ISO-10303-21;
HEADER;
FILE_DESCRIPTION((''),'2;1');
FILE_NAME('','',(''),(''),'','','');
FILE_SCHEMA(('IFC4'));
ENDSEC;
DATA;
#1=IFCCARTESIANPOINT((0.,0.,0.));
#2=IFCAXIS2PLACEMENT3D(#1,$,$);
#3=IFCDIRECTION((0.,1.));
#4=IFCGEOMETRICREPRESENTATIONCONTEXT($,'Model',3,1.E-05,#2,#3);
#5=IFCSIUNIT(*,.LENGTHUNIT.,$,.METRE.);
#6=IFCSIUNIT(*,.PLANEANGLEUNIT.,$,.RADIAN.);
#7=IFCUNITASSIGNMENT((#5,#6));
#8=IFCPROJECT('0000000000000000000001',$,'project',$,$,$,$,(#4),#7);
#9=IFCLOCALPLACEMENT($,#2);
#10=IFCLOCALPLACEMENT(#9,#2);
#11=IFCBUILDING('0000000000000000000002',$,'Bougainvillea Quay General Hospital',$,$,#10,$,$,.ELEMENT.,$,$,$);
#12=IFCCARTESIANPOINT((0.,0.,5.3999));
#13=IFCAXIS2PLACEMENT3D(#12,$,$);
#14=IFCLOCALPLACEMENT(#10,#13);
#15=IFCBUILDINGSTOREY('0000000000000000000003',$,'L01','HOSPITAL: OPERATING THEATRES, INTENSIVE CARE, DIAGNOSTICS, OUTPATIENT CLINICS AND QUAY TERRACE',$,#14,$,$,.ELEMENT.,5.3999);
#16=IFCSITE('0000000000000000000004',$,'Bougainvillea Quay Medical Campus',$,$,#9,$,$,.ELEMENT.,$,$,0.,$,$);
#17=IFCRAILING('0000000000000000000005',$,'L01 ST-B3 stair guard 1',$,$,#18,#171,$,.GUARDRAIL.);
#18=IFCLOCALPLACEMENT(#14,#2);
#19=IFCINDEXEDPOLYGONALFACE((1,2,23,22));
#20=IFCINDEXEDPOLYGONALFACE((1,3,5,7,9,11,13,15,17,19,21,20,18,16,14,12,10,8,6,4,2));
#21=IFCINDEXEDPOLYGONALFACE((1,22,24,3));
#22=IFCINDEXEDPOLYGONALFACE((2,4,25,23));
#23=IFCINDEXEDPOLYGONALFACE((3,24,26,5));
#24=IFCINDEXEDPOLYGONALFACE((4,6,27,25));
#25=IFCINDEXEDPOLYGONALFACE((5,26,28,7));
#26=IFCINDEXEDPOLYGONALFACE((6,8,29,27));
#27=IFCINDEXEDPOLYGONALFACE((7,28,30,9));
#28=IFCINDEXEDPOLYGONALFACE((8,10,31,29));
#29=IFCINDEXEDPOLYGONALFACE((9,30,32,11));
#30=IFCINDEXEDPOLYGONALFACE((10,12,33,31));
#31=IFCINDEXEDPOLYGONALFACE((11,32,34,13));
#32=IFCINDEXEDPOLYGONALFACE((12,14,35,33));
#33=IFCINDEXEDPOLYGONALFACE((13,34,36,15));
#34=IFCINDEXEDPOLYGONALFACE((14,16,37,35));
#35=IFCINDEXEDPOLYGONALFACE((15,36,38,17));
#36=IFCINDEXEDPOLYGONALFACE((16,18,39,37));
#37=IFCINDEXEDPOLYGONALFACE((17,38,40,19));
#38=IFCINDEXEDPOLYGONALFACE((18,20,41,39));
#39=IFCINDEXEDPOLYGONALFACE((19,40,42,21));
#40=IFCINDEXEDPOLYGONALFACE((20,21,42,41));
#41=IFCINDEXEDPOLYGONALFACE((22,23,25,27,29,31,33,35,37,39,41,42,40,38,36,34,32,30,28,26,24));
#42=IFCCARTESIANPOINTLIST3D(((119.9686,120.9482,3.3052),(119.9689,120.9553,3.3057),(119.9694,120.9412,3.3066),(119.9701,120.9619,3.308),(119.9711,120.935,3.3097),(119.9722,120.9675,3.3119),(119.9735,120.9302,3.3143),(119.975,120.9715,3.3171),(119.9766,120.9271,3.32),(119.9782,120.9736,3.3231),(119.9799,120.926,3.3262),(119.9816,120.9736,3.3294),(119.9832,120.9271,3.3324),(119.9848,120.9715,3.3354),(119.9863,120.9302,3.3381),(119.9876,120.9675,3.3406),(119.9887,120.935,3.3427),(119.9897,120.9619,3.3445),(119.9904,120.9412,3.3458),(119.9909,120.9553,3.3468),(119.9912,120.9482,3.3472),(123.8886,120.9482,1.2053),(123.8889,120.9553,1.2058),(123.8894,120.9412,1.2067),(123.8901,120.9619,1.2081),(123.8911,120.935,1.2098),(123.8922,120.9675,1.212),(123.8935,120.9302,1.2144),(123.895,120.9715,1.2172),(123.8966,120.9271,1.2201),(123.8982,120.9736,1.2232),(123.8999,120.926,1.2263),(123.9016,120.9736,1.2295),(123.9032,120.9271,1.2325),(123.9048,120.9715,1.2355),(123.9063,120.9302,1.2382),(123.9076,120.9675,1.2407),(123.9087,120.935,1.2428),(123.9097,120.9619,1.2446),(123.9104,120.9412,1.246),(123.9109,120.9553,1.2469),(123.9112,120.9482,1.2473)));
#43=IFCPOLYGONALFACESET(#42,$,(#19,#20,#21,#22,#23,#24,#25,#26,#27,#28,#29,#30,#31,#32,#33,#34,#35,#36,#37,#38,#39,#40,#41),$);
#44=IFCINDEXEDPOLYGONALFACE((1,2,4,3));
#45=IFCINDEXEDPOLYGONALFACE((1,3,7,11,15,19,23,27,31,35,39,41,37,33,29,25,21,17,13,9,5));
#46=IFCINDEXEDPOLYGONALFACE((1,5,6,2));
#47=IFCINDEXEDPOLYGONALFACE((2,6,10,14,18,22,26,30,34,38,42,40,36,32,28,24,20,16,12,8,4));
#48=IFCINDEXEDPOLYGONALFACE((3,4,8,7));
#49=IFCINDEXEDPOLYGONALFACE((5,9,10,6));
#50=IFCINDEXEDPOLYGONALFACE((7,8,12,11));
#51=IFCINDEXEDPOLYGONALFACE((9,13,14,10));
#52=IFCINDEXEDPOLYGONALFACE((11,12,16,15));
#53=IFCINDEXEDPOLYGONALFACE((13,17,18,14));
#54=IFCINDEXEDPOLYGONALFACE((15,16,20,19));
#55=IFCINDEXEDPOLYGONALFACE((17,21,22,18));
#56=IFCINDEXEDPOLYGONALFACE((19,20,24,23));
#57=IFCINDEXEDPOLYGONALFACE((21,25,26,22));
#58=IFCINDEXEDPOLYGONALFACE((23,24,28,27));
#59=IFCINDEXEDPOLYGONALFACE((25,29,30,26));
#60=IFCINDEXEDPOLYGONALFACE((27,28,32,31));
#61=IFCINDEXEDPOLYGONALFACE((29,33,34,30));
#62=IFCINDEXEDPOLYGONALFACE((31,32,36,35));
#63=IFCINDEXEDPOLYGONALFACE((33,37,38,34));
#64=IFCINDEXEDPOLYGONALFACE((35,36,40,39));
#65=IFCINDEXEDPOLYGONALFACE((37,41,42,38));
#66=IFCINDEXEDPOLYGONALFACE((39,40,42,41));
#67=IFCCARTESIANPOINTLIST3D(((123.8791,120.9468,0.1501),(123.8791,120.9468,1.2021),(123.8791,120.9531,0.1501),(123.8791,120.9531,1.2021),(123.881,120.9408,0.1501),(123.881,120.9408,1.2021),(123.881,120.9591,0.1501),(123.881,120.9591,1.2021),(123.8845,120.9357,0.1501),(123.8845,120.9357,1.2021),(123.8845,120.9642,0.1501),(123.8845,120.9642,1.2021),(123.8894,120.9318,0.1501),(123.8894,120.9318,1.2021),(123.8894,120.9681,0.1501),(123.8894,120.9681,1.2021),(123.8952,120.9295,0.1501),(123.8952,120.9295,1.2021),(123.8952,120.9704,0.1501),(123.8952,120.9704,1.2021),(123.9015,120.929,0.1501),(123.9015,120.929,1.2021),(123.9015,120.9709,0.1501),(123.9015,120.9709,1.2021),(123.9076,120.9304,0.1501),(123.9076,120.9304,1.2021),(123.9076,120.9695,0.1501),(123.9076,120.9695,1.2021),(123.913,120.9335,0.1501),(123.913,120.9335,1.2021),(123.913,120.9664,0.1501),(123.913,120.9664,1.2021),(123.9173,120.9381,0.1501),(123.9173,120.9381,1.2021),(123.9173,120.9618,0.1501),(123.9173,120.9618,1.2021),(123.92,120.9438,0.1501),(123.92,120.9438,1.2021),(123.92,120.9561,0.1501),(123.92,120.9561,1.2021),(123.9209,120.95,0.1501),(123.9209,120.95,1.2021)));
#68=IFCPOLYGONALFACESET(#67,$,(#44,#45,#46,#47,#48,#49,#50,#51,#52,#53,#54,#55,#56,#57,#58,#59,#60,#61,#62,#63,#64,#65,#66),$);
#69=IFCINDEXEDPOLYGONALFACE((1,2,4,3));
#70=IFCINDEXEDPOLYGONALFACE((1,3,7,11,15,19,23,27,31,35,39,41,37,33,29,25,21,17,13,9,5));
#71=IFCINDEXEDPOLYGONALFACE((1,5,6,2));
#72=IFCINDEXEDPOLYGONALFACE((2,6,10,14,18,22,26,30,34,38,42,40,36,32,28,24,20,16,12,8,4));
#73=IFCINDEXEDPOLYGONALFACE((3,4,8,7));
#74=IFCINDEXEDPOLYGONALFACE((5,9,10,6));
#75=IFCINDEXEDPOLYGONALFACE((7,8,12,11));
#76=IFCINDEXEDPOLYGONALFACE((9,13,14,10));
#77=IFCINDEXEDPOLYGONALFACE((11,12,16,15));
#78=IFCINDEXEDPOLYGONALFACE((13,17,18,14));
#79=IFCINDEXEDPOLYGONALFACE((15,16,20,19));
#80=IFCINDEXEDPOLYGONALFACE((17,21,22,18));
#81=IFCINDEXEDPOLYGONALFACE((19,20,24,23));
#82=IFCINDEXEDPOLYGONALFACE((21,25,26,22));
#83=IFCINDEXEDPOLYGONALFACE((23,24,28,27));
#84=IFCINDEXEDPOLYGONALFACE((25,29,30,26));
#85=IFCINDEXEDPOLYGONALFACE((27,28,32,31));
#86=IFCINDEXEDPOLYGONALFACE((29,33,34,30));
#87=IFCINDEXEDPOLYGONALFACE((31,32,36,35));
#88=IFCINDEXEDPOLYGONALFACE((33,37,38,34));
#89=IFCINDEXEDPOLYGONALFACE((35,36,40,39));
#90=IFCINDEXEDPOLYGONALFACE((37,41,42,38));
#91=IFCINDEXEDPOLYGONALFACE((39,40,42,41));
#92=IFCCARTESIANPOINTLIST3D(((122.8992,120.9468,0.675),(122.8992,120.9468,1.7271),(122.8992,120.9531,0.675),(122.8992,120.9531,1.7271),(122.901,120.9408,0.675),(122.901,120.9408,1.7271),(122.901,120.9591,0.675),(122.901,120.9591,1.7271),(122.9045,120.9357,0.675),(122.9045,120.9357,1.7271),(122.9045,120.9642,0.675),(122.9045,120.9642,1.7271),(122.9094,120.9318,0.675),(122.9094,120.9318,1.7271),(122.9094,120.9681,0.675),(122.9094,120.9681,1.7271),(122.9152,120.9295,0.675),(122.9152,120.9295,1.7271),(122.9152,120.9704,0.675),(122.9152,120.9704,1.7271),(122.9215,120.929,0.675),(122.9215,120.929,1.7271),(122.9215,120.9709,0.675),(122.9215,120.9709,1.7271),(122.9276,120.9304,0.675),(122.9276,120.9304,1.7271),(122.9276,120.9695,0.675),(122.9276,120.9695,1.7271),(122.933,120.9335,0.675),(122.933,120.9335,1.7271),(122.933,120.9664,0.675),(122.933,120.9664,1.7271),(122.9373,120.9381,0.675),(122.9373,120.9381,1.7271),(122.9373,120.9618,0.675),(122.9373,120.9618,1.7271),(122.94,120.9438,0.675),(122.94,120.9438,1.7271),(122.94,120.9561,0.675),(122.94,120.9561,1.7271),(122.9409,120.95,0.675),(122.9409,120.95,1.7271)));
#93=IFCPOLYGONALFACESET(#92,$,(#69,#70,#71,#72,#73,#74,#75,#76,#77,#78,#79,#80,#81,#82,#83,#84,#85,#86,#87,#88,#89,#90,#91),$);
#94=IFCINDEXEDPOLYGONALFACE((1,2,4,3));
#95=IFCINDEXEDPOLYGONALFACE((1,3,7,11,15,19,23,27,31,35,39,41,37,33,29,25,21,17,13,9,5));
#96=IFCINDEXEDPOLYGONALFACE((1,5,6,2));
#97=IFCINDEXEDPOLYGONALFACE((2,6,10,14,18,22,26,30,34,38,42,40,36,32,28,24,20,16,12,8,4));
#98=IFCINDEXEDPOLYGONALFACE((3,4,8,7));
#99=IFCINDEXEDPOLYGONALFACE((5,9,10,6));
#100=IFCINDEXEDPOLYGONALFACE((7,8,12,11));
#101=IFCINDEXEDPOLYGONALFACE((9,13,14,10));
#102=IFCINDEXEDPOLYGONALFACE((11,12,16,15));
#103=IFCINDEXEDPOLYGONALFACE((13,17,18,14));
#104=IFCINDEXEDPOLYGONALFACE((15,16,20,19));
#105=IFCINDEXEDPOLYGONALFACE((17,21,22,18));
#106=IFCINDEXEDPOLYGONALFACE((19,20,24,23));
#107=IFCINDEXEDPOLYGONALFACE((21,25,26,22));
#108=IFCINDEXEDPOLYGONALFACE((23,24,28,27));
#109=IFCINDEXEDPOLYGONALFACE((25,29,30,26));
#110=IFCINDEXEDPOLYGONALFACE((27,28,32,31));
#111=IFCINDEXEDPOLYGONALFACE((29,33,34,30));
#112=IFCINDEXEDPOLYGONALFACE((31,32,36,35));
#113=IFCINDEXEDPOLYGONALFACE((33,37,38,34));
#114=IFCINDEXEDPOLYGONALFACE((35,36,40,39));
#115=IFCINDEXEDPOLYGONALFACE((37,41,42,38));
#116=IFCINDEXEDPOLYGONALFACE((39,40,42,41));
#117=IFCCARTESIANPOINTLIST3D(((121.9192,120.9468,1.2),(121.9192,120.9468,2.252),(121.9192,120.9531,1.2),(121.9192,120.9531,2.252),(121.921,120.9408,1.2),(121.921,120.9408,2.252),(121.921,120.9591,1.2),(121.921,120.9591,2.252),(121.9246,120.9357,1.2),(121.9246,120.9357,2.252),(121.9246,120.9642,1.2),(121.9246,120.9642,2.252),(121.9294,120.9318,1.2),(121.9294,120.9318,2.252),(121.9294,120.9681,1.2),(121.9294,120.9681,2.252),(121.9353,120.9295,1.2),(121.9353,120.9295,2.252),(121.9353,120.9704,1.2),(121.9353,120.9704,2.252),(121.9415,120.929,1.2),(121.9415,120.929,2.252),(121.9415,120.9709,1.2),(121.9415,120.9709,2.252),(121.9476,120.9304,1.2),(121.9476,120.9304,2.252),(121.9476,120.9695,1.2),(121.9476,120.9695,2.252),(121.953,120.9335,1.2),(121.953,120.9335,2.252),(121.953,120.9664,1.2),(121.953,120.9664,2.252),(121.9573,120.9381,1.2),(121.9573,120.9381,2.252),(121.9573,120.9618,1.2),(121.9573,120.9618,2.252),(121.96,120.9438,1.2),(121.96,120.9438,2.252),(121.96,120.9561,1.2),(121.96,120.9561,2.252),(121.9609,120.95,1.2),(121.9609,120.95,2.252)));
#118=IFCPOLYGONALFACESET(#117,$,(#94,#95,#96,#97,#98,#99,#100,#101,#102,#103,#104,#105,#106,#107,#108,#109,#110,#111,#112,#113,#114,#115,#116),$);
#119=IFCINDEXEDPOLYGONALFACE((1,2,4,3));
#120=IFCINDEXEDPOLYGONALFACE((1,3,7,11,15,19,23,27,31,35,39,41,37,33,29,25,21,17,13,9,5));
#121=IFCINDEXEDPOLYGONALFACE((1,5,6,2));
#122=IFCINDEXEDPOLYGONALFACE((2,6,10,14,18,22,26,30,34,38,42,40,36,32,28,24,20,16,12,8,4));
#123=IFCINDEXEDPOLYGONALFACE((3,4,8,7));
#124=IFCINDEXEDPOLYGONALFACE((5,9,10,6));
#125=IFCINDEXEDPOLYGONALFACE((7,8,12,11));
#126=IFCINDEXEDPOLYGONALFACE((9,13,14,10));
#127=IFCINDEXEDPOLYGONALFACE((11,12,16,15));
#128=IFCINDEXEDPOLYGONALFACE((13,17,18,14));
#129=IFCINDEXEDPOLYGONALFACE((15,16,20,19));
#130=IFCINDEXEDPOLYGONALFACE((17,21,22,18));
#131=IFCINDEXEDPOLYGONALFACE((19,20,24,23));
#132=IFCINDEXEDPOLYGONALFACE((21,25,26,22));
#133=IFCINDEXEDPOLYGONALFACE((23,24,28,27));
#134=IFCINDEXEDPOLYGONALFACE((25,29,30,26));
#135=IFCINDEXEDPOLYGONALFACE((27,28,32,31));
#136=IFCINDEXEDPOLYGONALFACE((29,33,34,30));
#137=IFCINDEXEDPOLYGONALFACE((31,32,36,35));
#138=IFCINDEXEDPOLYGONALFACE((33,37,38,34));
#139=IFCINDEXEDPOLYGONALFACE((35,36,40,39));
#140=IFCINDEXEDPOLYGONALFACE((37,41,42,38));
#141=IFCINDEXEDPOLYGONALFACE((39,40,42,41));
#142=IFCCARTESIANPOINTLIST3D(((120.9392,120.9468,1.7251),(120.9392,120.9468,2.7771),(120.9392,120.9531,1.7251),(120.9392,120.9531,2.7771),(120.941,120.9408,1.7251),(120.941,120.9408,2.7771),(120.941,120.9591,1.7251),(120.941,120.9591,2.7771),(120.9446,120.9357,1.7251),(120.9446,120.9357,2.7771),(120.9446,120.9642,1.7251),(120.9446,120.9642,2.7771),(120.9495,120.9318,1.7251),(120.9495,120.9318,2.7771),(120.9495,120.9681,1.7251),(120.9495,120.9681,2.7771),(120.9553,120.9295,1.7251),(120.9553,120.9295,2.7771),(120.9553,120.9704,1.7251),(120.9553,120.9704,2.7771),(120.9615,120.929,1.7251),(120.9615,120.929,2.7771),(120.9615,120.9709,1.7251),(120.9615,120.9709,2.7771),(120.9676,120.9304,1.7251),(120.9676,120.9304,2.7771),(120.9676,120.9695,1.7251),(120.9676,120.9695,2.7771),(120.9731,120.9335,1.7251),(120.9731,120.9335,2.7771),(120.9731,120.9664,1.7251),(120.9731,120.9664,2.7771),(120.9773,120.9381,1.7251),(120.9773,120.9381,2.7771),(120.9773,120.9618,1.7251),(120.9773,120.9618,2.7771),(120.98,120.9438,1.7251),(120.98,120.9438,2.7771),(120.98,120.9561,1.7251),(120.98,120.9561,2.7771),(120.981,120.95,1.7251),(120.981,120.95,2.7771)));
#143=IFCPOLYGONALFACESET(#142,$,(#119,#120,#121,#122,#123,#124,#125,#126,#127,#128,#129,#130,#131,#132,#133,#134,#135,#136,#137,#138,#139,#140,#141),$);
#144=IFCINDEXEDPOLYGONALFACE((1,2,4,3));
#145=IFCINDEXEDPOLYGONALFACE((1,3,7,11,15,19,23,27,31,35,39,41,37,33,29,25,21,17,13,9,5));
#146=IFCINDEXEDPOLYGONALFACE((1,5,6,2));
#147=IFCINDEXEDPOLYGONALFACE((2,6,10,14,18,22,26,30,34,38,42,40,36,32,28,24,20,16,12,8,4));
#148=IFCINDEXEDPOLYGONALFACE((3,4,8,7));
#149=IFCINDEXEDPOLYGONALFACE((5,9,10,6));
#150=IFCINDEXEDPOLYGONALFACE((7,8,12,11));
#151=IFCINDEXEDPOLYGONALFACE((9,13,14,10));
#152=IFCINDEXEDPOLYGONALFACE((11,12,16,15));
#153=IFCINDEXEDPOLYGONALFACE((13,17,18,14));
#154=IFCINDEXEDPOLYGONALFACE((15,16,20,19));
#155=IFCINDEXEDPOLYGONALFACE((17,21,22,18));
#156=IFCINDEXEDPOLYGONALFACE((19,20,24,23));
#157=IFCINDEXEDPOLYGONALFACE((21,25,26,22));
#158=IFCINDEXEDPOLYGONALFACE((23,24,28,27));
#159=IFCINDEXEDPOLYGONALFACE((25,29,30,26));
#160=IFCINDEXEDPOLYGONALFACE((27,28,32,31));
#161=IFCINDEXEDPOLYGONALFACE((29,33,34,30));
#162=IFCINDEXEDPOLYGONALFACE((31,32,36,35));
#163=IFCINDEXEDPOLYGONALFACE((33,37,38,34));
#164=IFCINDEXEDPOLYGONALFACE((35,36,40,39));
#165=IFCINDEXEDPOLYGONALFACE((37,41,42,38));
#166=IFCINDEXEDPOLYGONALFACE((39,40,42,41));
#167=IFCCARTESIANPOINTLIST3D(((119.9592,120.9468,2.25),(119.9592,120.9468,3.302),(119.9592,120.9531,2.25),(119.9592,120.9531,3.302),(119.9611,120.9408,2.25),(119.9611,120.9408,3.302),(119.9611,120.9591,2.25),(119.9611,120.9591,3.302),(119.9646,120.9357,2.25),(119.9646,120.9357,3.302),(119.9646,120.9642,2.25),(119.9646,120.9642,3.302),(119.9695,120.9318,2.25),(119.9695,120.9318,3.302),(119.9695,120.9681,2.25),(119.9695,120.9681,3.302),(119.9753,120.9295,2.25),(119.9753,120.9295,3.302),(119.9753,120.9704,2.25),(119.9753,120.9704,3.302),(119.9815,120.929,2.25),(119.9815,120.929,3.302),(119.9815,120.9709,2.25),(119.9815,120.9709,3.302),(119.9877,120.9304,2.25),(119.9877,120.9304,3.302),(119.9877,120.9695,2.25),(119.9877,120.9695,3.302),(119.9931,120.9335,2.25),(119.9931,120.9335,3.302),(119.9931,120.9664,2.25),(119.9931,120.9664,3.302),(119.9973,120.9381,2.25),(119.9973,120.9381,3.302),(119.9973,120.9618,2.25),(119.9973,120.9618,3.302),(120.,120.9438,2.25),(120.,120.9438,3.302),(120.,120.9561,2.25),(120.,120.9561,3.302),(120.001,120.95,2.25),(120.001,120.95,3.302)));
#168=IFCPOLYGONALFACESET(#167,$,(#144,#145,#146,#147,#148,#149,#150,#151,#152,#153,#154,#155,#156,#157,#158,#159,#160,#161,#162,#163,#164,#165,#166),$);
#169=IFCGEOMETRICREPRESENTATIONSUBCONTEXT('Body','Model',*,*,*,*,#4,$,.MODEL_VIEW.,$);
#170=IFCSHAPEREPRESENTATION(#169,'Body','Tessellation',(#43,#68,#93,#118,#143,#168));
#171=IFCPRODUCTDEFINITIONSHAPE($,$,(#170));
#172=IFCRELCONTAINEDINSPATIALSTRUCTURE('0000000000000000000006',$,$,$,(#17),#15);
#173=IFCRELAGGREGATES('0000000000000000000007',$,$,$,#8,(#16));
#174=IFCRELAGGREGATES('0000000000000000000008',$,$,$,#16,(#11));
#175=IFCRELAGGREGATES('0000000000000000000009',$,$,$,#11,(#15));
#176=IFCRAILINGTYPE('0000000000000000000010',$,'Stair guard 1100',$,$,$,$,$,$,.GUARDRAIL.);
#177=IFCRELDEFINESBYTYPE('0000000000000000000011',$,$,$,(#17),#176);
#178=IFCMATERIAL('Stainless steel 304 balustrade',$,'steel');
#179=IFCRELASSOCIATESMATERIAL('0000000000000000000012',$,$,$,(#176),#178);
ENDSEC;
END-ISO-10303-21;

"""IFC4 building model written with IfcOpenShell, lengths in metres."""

from ifc_helpers import new_model, si_unit, direction, frame, origin, origin_2d, place, context, subcontext, project, spatial, circle, extrude, material, type_object, element, save


model = new_model("IFC4")

# Units and contexts
model_context = context("Model", 3, precision=1e-05, world=origin(), true_north=direction((0.0, 1.0)))
body_context = subcontext(model_context, "Body", "Model", "MODEL_VIEW")
ifc_project = project(units=[si_unit("LENGTHUNIT", "METRE"), si_unit("PLANEANGLEUNIT", "RADIAN")], contexts=[model_context])

# Site, building, storey
site_placement = place(None, origin())
site = spatial("IfcSite", under=ifc_project, at=site_placement, Name="Bougainvillea Quay Medical Campus", CompositionType="ELEMENT", RefElevation=0.0)
building_placement = place(site_placement, origin())
building = spatial("IfcBuilding", under=site, at=building_placement, Name="Bougainvillea Quay General Hospital", CompositionType="ELEMENT")
storey_placement = place(building_placement, frame((0.0, 0.0, 5.3999)))
storey = spatial("IfcBuildingStorey", under=building, at=storey_placement, Name="L01", Description="HOSPITAL: OPERATING THEATRES, INTENSIVE CARE, DIAGNOSTICS, OUTPATIENT CLINICS AND QUAY TERRACE", CompositionType="ELEMENT", Elevation=5.3999)

# Railing
ifc_material_1 = material(Name="Stainless steel 304 balustrade", Category="steel")
railing_type_1 = type_object("IfcRailingType", Name="Stair guard 1100", PredefinedType="GUARDRAIL", material=ifc_material_1)
railing_1_placement = place(storey_placement, frame((123.8999, 120.95, 0.1501)))
element("IfcRailing", 1, at=railing_1_placement, inside=storey, type_object=railing_type_1, Name="L01 ST-B3 stair guard 1", PredefinedType="GUARDRAIL", context=body_context, shape_type="SweptSolid", body=[
    extrude(circle(Radius=0.0239, at=origin_2d()), frame((0.0, 0.0, 1.0762), z_axis=(-0.88149, 0.0, 0.472203), x_axis=(0.0, -1.0, 0.0)), (0.0, 0.0, 1.0), 4.447),
    extrude(circle(Radius=0.021, at=origin_2d()), origin(), (0.0, 0.0, 1.0), 1.052),
    extrude(circle(Radius=0.021, at=origin_2d()), frame((-0.98, 0.0, 0.5249)), (0.0, 0.0, 1.0), 1.052),
    extrude(circle(Radius=0.021, at=origin_2d()), frame((-1.96, 0.0, 1.0498)), (0.0, 0.0, 1.0), 1.052),
    extrude(circle(Radius=0.021, at=origin_2d()), frame((-2.9399, 0.0, 1.575)), (0.0, 0.0, 1.0), 1.052),
    extrude(circle(Radius=0.021, at=origin_2d()), frame((-3.9199, 0.0, 2.0999)), (0.0, 0.0, 1.0), 1.052),
])

save(model, "model.ifc")
